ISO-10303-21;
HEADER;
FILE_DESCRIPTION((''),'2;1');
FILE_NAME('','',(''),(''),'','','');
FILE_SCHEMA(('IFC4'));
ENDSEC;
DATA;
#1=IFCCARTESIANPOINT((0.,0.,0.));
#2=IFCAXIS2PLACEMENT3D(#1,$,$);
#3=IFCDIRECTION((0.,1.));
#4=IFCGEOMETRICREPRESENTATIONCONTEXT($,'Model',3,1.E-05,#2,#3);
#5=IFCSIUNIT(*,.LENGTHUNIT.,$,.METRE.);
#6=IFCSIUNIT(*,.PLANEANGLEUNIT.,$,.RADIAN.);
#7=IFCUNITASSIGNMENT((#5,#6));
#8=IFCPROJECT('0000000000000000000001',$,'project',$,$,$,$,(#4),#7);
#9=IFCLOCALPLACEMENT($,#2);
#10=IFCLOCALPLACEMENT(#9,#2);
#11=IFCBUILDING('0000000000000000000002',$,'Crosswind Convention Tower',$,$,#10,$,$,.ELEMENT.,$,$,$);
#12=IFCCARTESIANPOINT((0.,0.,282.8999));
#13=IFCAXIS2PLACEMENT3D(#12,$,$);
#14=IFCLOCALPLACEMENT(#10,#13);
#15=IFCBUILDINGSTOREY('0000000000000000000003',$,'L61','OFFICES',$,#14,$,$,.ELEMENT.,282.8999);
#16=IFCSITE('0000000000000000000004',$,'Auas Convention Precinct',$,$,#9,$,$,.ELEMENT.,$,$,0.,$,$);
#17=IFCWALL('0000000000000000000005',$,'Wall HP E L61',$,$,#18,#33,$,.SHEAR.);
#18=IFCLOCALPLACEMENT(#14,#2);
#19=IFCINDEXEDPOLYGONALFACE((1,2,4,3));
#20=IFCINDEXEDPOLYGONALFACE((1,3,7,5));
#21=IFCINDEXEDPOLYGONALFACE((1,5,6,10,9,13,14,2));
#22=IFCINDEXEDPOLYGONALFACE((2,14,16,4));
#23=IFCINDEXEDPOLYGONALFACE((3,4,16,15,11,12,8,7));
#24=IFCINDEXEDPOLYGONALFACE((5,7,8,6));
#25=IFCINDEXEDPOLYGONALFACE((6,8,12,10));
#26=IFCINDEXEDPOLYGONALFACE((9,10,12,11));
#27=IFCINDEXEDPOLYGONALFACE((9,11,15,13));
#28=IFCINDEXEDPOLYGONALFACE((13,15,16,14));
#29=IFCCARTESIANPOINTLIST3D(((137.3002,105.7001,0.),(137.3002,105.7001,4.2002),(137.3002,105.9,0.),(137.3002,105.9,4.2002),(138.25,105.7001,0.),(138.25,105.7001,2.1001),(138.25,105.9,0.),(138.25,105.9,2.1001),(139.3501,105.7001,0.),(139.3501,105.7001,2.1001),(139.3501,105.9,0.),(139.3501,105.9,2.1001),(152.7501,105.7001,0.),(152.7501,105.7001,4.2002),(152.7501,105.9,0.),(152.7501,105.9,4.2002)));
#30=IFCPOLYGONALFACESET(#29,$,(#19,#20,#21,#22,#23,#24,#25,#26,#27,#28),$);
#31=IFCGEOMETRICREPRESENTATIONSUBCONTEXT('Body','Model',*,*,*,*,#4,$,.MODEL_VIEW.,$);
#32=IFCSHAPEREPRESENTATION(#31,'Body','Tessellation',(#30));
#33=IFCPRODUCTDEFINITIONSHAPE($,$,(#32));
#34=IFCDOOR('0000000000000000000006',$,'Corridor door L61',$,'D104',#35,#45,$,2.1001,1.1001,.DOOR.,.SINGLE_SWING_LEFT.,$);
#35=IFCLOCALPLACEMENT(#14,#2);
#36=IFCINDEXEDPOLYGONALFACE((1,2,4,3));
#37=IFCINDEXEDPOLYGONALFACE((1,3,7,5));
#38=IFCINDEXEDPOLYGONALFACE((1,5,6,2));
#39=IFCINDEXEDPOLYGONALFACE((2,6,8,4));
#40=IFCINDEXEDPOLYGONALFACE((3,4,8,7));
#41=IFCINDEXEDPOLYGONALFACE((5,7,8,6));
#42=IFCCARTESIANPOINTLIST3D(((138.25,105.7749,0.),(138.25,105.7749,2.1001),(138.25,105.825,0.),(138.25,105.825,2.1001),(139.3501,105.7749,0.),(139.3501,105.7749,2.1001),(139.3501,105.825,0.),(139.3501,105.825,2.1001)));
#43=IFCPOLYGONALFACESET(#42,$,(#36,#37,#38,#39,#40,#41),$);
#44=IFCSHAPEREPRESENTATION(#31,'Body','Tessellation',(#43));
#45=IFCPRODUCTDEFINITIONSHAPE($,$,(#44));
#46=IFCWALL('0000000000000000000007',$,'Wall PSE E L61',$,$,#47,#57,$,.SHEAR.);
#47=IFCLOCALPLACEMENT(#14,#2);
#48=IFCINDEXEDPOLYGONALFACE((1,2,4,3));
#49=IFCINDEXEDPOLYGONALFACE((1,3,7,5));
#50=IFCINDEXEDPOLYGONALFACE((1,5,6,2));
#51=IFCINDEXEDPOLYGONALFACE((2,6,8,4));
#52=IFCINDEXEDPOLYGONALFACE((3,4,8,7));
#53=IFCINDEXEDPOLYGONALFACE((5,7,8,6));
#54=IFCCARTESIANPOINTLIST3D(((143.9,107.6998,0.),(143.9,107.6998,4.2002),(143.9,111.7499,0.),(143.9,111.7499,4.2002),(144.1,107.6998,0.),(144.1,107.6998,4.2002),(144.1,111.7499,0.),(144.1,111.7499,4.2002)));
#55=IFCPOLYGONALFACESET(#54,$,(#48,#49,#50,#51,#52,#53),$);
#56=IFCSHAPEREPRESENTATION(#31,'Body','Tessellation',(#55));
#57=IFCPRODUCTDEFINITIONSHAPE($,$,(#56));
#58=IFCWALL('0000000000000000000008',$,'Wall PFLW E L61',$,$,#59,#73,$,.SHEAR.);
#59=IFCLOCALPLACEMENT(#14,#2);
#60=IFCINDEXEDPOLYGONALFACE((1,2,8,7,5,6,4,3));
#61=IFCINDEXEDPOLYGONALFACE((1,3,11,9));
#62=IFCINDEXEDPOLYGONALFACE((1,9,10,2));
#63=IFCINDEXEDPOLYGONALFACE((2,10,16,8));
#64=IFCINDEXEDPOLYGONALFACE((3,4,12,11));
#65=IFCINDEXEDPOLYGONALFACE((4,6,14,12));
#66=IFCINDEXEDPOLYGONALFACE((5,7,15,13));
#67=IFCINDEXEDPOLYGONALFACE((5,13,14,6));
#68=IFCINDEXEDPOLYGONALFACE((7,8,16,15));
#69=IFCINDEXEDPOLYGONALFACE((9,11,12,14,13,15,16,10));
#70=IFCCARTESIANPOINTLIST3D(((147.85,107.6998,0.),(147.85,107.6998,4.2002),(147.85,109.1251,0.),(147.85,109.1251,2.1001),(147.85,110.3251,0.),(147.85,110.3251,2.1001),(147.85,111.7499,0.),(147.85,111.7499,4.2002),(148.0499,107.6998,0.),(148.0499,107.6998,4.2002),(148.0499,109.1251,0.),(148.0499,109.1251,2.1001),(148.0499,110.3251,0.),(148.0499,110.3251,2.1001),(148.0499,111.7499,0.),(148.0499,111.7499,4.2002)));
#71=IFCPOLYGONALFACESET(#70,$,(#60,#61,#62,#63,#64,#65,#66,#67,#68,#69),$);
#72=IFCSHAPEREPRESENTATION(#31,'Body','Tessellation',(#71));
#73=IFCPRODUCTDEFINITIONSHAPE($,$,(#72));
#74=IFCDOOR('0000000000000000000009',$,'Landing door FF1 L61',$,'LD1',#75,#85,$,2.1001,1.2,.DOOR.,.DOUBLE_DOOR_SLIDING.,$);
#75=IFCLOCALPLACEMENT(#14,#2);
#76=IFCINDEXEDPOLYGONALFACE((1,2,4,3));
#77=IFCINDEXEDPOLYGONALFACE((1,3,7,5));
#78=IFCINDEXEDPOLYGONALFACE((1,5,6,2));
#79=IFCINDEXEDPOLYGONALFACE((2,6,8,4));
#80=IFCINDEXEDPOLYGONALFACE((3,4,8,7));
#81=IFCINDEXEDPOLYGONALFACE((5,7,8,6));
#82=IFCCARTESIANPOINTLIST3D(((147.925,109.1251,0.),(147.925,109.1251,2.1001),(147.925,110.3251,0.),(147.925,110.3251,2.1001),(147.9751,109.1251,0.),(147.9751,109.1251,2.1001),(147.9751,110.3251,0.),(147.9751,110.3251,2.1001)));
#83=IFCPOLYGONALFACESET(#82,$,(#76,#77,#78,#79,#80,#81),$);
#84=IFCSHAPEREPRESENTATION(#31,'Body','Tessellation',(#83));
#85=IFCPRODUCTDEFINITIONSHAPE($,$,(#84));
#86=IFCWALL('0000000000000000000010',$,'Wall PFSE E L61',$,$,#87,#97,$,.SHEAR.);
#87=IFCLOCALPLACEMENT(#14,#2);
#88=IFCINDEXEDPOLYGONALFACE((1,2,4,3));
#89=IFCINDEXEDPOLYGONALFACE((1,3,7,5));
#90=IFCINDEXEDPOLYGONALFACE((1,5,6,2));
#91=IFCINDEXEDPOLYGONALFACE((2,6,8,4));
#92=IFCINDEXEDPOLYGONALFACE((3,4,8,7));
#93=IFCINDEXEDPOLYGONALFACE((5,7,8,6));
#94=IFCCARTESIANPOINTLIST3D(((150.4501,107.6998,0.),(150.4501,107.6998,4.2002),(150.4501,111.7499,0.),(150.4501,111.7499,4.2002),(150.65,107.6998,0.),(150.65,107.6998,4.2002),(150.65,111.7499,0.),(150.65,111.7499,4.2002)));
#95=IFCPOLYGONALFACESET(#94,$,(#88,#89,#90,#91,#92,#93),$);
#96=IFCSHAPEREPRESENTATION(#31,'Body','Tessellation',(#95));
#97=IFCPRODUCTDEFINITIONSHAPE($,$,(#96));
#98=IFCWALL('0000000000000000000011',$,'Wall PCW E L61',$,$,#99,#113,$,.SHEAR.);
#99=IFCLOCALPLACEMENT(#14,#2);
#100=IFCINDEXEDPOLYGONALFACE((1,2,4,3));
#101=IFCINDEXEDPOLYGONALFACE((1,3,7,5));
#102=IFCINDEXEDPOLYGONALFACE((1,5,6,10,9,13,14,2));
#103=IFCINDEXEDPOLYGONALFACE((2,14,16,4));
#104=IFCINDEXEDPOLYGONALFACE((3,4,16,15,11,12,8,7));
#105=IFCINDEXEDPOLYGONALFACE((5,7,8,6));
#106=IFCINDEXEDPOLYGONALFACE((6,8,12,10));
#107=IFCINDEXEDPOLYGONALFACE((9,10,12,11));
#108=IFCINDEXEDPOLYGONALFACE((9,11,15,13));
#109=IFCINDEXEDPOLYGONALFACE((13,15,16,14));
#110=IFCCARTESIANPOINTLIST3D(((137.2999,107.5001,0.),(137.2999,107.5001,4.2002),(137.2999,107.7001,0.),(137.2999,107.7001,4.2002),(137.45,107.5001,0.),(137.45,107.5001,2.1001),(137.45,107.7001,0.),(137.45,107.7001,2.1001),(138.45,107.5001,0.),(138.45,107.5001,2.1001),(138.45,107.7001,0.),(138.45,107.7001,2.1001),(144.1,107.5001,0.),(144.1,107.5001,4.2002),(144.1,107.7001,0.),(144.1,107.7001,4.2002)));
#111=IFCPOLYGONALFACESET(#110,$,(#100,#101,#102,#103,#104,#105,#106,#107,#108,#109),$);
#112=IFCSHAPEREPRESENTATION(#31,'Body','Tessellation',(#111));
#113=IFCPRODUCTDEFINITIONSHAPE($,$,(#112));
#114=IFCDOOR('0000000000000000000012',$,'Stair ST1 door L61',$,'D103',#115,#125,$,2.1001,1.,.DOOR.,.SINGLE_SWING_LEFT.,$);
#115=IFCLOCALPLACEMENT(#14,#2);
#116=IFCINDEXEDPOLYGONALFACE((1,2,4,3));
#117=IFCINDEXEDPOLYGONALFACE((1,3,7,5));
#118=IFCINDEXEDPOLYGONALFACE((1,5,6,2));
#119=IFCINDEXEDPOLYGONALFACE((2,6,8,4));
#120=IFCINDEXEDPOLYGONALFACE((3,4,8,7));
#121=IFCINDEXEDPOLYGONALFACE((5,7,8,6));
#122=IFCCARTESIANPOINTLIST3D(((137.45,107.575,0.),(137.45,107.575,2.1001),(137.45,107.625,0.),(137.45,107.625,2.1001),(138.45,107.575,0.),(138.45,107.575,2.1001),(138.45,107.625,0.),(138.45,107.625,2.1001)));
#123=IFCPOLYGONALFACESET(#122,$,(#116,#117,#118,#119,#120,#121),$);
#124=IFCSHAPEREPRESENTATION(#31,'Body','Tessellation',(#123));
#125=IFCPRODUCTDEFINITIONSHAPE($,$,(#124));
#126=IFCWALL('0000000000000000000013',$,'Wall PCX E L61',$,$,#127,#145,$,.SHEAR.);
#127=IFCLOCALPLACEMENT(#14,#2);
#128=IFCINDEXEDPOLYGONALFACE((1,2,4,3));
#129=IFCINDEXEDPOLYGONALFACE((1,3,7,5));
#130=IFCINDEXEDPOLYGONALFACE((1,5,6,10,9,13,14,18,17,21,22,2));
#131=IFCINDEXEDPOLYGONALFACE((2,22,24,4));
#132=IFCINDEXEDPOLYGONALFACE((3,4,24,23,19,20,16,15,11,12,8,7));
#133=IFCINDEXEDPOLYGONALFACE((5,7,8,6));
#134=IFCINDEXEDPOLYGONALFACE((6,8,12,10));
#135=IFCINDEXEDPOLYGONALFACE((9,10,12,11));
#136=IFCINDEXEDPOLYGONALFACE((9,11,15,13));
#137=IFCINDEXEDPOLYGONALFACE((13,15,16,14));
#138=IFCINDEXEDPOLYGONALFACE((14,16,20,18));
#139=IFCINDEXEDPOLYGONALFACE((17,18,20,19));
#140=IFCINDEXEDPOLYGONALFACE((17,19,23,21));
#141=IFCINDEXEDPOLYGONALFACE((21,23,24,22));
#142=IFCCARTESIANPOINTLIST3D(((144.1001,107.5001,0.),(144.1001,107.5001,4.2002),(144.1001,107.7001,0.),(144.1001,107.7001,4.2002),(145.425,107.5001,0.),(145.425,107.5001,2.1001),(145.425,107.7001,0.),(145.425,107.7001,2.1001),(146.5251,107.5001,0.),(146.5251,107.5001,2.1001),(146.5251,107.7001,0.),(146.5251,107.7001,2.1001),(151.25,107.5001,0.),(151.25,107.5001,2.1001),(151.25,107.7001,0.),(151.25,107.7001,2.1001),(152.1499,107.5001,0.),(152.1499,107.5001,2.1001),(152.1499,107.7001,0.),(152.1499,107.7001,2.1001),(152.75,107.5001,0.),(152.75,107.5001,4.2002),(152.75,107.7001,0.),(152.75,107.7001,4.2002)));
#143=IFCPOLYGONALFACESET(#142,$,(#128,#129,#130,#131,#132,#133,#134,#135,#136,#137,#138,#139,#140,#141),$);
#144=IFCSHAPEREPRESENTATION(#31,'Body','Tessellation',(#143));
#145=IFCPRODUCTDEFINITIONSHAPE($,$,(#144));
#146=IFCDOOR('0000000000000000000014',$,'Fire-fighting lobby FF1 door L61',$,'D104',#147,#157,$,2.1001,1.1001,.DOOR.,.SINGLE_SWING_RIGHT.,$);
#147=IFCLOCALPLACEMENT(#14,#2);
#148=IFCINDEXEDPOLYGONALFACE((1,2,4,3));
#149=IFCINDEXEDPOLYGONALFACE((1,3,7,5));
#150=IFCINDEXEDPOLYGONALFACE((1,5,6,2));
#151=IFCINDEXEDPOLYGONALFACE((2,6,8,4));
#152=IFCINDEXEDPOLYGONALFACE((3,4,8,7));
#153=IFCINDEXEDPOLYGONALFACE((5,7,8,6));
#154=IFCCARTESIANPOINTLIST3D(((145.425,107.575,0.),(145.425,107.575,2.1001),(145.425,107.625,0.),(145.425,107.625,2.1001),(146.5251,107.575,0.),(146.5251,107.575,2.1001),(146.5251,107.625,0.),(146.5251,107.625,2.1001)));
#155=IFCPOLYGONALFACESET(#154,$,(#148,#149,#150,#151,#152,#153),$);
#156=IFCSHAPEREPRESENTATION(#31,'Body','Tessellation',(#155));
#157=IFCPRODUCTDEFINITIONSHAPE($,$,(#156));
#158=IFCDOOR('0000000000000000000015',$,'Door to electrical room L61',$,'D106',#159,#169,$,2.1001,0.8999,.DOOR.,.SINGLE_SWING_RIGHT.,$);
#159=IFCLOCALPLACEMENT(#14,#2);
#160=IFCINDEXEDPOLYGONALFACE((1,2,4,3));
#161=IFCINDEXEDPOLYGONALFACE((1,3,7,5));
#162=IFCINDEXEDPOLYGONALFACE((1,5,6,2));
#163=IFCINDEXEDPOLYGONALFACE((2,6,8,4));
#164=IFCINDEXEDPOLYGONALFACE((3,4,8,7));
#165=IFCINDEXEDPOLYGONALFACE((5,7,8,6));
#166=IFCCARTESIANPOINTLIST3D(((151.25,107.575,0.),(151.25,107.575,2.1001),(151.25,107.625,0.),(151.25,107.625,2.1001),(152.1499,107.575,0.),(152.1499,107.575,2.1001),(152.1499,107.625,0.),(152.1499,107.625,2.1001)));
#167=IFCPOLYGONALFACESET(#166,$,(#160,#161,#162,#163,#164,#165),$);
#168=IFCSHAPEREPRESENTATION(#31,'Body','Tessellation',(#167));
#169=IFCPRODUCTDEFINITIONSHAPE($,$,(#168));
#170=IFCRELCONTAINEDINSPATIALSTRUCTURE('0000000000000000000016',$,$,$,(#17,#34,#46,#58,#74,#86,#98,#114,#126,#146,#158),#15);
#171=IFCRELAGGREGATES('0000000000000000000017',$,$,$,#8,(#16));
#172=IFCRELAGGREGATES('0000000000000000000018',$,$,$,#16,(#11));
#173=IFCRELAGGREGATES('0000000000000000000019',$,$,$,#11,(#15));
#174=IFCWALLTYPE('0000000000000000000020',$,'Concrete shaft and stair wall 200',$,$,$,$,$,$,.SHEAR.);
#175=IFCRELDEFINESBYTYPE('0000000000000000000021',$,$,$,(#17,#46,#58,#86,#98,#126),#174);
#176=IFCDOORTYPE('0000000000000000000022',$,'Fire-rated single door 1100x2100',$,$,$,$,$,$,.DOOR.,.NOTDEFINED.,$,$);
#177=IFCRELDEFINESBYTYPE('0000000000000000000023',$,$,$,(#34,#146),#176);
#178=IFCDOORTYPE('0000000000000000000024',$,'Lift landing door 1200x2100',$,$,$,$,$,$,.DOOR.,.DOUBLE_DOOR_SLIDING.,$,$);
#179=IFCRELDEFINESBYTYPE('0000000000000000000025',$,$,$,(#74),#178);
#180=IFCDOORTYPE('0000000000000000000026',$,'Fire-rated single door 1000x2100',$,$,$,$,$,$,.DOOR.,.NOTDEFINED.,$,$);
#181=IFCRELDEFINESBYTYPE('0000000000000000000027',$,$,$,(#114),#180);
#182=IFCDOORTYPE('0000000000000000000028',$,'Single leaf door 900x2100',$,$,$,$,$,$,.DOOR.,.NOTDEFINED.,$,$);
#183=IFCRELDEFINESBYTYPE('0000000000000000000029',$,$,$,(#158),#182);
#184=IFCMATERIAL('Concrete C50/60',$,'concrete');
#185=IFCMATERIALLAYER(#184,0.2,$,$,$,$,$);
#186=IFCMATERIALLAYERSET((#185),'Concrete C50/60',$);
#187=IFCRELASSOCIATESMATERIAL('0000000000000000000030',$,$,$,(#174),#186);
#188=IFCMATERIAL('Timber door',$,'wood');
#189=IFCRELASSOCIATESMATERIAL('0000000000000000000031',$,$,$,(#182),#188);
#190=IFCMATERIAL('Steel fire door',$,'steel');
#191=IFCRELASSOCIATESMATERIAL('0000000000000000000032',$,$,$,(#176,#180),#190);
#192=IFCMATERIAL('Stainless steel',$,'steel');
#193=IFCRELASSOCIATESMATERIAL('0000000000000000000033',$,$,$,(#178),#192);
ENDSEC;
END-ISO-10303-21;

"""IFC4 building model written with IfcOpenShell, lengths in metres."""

from ifc_helpers import new_model, si_unit, direction, frame, frame_2d, origin, place, context, subcontext, project, spatial, rectangle, extrude, material, layer, layer_set, type_object, element, fill, save


model = new_model("IFC4")

# Units and contexts
model_context = context("Model", 3, precision=1e-05, world=origin(), true_north=direction((0.0, 1.0)))
body_context = subcontext(model_context, "Body", "Model", "MODEL_VIEW")
ifc_project = project(units=[si_unit("LENGTHUNIT", "METRE"), si_unit("PLANEANGLEUNIT", "RADIAN")], contexts=[model_context])

# Site, building, storey
site_placement = place(None, origin())
site = spatial("IfcSite", under=ifc_project, at=site_placement, Name="Auas Convention Precinct", CompositionType="ELEMENT", RefElevation=0.0)
building_placement = place(site_placement, origin())
building = spatial("IfcBuilding", under=site, at=building_placement, Name="Crosswind Convention Tower", CompositionType="ELEMENT")
storey_placement = place(building_placement, frame((0.0, 0.0, 282.8999)))
storey = spatial("IfcBuildingStorey", under=building, at=storey_placement, Name="L61", Description="OFFICES", CompositionType="ELEMENT", Elevation=282.8999)

# Shared definitions
ifc_material_1 = material(Name="Concrete C50/60", Category="concrete")
ifc_layer_1 = layer(ifc_material_1, 0.2)
ifc_layer_set_1 = layer_set([ifc_layer_1], Name="Concrete C50/60")
wall_type_1 = type_object("IfcWallType", Name="Concrete shaft and stair wall 200", PredefinedType="SHEAR", material=ifc_layer_set_1)

# Shared definitions
ifc_material_2 = material(Name="Timber door", Category="wood")
door_type_1 = type_object("IfcDoorType", Name="Single leaf door 900x2100", OperationType="NOTDEFINED", PredefinedType="DOOR", material=ifc_material_2)

# Wall, opening, door
wall_1_placement = place(storey_placement, frame((137.3, 105.8, 0.0), z_axis=(0.0, 0.0, 1.0), x_axis=(1.0, 0.0, 0.0)))
wall_1 = element("IfcWall", 1, at=wall_1_placement, inside=storey, type_object=wall_type_1, Name="Wall HP E L61", PredefinedType="SHEAR", context=body_context, shape_type="SweptSolid", body=[
    extrude(rectangle(XDim=15.45, YDim=0.2, at=frame_2d((7.7251, 0.0))), origin(), (0.0, 0.0, 1.0), 4.2002),
])
opening_1_placement = place(wall_1_placement, frame((0.95, 0.0, 0.0)))
opening_1 = element("IfcOpeningElement", 2, at=opening_1_placement, cuts=wall_1, PredefinedType="OPENING", context=body_context, shape_type="SweptSolid", body=[
    extrude(rectangle(XDim=1.1001, YDim=2.1001, at=frame_2d((0.55, 1.05))), frame((0.0, 0.1099, 0.0), z_axis=(0.0, -1.0, 0.0), x_axis=(1.0, 0.0, 0.0)), (0.0, 0.0, 1.0), 0.22),
])
ifc_material_3 = material(Name="Steel fire door", Category="steel")
door_type_2 = type_object("IfcDoorType", Name="Fire-rated single door 1100x2100", OperationType="NOTDEFINED", PredefinedType="DOOR", material=ifc_material_3)
door_1_placement = place(opening_1_placement, origin())
door_1 = element("IfcDoor", 3, at=door_1_placement, inside=storey, type_object=door_type_2, Name="Corridor door L61", ObjectType="D104", OperationType="SINGLE_SWING_LEFT", OverallHeight=2.1001, OverallWidth=1.1001, PredefinedType="DOOR", context=body_context, shape_type="SweptSolid", body=[
    extrude(rectangle(XDim=1.1001, YDim=2.1001, at=frame_2d((0.55, 1.05))), frame((0.0, 0.0249, 0.0), z_axis=(0.0, -1.0, 0.0), x_axis=(1.0, 0.0, 0.0)), (0.0, 0.0, 1.0), 0.05),
])
fill(opening_1, door_1)

# Wall
wall_2_placement = place(storey_placement, frame((144.0, 107.7, 0.0), z_axis=(0.0, 0.0, 1.0), x_axis=(0.0, 1.0, 0.0)))
element("IfcWall", 4, at=wall_2_placement, inside=storey, type_object=wall_type_1, Name="Wall PSE E L61", PredefinedType="SHEAR", context=body_context, shape_type="SweptSolid", body=[
    extrude(rectangle(XDim=4.05, YDim=0.2, at=frame_2d((2.0249, 0.0))), origin(), (0.0, 0.0, 1.0), 4.2002),
])

# Wall, opening, door
wall_3_placement = place(storey_placement, frame((147.95, 107.7, 0.0), z_axis=(0.0, 0.0, 1.0), x_axis=(0.0, 1.0, 0.0)))
wall_3 = element("IfcWall", 5, at=wall_3_placement, inside=storey, type_object=wall_type_1, Name="Wall PFLW E L61", PredefinedType="SHEAR", context=body_context, shape_type="SweptSolid", body=[
    extrude(rectangle(XDim=4.05, YDim=0.2, at=frame_2d((2.0249, 0.0))), origin(), (0.0, 0.0, 1.0), 4.2002),
])
opening_2_placement = place(wall_3_placement, frame((1.425, 0.0, 0.0)))
opening_2 = element("IfcOpeningElement", 6, at=opening_2_placement, cuts=wall_3, PredefinedType="OPENING", context=body_context, shape_type="SweptSolid", body=[
    extrude(rectangle(XDim=1.2, YDim=2.1001, at=frame_2d((0.6001, 1.05))), frame((0.0, 0.1099, 0.0), z_axis=(0.0, -1.0, 0.0), x_axis=(1.0, 0.0, 0.0)), (0.0, 0.0, 1.0), 0.22),
])
ifc_material_4 = material(Name="Stainless steel", Category="steel")
door_type_3 = type_object("IfcDoorType", Name="Lift landing door 1200x2100", OperationType="DOUBLE_DOOR_SLIDING", PredefinedType="DOOR", material=ifc_material_4)
door_2_placement = place(opening_2_placement, origin())
door_2 = element("IfcDoor", 7, at=door_2_placement, inside=storey, type_object=door_type_3, Name="Landing door FF1 L61", ObjectType="LD1", OperationType="DOUBLE_DOOR_SLIDING", OverallHeight=2.1001, OverallWidth=1.2, PredefinedType="DOOR", context=body_context, shape_type="SweptSolid", body=[
    extrude(rectangle(XDim=1.2, YDim=2.1001, at=frame_2d((0.6001, 1.05))), frame((0.0, 0.0249, 0.0), z_axis=(0.0, -1.0, 0.0), x_axis=(1.0, 0.0, 0.0)), (0.0, 0.0, 1.0), 0.05),
])
fill(opening_2, door_2)

# Wall
wall_4_placement = place(storey_placement, frame((150.55, 107.7, 0.0), z_axis=(0.0, 0.0, 1.0), x_axis=(0.0, 1.0, 0.0)))
element("IfcWall", 8, at=wall_4_placement, inside=storey, type_object=wall_type_1, Name="Wall PFSE E L61", PredefinedType="SHEAR", context=body_context, shape_type="SweptSolid", body=[
    extrude(rectangle(XDim=4.05, YDim=0.2, at=frame_2d((2.0249, 0.0))), origin(), (0.0, 0.0, 1.0), 4.2002),
])

# Wall, opening, door
wall_5_placement = place(storey_placement, frame((137.3, 107.6001, 0.0), z_axis=(0.0, 0.0, 1.0), x_axis=(1.0, 0.0, 0.0)))
wall_5 = element("IfcWall", 9, at=wall_5_placement, inside=storey, type_object=wall_type_1, Name="Wall PCW E L61", PredefinedType="SHEAR", context=body_context, shape_type="SweptSolid", body=[
    extrude(rectangle(XDim=6.8, YDim=0.2, at=frame_2d((3.3999, 0.0))), origin(), (0.0, 0.0, 1.0), 4.2002),
])
opening_3_placement = place(wall_5_placement, frame((0.1499, 0.0, 0.0)))
opening_3 = element("IfcOpeningElement", 10, at=opening_3_placement, cuts=wall_5, PredefinedType="OPENING", context=body_context, shape_type="SweptSolid", body=[
    extrude(rectangle(XDim=1.0, YDim=2.1001, at=frame_2d((0.5, 1.05))), frame((0.0, 0.1099, 0.0), z_axis=(0.0, -1.0, 0.0), x_axis=(1.0, 0.0, 0.0)), (0.0, 0.0, 1.0), 0.22),
])
door_type_4 = type_object("IfcDoorType", Name="Fire-rated single door 1000x2100", OperationType="NOTDEFINED", PredefinedType="DOOR", material=ifc_material_3)
door_3_placement = place(opening_3_placement, origin())
door_3 = element("IfcDoor", 11, at=door_3_placement, inside=storey, type_object=door_type_4, Name="Stair ST1 door L61", ObjectType="D103", OperationType="SINGLE_SWING_LEFT", OverallHeight=2.1001, OverallWidth=1.0, PredefinedType="DOOR", context=body_context, shape_type="SweptSolid", body=[
    extrude(rectangle(XDim=1.0, YDim=2.1001, at=frame_2d((0.5, 1.05))), frame((0.0, 0.0249, 0.0), z_axis=(0.0, -1.0, 0.0), x_axis=(1.0, 0.0, 0.0)), (0.0, 0.0, 1.0), 0.05),
])
fill(opening_3, door_3)

# Wall, openings, doors
wall_6_placement = place(storey_placement, frame((144.1001, 107.6001, 0.0), z_axis=(0.0, 0.0, 1.0), x_axis=(1.0, 0.0, 0.0)))
wall_6 = element("IfcWall", 12, at=wall_6_placement, inside=storey, type_object=wall_type_1, Name="Wall PCX E L61", PredefinedType="SHEAR", context=body_context, shape_type="SweptSolid", body=[
    extrude(rectangle(XDim=8.6499, YDim=0.2, at=frame_2d((4.325, 0.0))), origin(), (0.0, 0.0, 1.0), 4.2002),
])
opening_4_placement = place(wall_6_placement, frame((1.325, 0.0, 0.0)))
opening_4 = element("IfcOpeningElement", 13, at=opening_4_placement, cuts=wall_6, PredefinedType="OPENING", context=body_context, shape_type="SweptSolid", body=[
    extrude(rectangle(XDim=1.1001, YDim=2.1001, at=frame_2d((0.55, 1.05))), frame((0.0, 0.1099, 0.0), z_axis=(0.0, -1.0, 0.0), x_axis=(1.0, 0.0, 0.0)), (0.0, 0.0, 1.0), 0.22),
])
opening_5_placement = place(wall_6_placement, frame((7.1499, 0.0, 0.0)))
opening_5 = element("IfcOpeningElement", 14, at=opening_5_placement, cuts=wall_6, PredefinedType="OPENING", context=body_context, shape_type="SweptSolid", body=[
    extrude(rectangle(XDim=0.8999, YDim=2.1001, at=frame_2d((0.45, 1.05))), frame((0.0, 0.1099, 0.0), z_axis=(0.0, -1.0, 0.0), x_axis=(1.0, 0.0, 0.0)), (0.0, 0.0, 1.0), 0.22),
])
door_4_placement = place(opening_4_placement, origin())
door_4 = element("IfcDoor", 15, at=door_4_placement, inside=storey, type_object=door_type_2, Name="Fire-fighting lobby FF1 door L61", ObjectType="D104", OperationType="SINGLE_SWING_RIGHT", OverallHeight=2.1001, OverallWidth=1.1001, PredefinedType="DOOR", context=body_context, shape_type="SweptSolid", body=[
    extrude(rectangle(XDim=1.1001, YDim=2.1001, at=frame_2d((0.55, 1.05))), frame((0.0, 0.0249, 0.0), z_axis=(0.0, -1.0, 0.0), x_axis=(1.0, 0.0, 0.0)), (0.0, 0.0, 1.0), 0.05),
])
fill(opening_4, door_4)
door_5_placement = place(opening_5_placement, origin())
door_5 = element("IfcDoor", 16, at=door_5_placement, inside=storey, type_object=door_type_1, Name="Door to electrical room L61", ObjectType="D106", OperationType="SINGLE_SWING_RIGHT", OverallHeight=2.1001, OverallWidth=0.8999, PredefinedType="DOOR", context=body_context, shape_type="SweptSolid", body=[
    extrude(rectangle(XDim=0.8999, YDim=2.1001, at=frame_2d((0.45, 1.05))), frame((0.0, 0.0249, 0.0), z_axis=(0.0, -1.0, 0.0), x_axis=(1.0, 0.0, 0.0)), (0.0, 0.0, 1.0), 0.05),
])
fill(opening_5, door_5)

save(model, "model.ifc")
